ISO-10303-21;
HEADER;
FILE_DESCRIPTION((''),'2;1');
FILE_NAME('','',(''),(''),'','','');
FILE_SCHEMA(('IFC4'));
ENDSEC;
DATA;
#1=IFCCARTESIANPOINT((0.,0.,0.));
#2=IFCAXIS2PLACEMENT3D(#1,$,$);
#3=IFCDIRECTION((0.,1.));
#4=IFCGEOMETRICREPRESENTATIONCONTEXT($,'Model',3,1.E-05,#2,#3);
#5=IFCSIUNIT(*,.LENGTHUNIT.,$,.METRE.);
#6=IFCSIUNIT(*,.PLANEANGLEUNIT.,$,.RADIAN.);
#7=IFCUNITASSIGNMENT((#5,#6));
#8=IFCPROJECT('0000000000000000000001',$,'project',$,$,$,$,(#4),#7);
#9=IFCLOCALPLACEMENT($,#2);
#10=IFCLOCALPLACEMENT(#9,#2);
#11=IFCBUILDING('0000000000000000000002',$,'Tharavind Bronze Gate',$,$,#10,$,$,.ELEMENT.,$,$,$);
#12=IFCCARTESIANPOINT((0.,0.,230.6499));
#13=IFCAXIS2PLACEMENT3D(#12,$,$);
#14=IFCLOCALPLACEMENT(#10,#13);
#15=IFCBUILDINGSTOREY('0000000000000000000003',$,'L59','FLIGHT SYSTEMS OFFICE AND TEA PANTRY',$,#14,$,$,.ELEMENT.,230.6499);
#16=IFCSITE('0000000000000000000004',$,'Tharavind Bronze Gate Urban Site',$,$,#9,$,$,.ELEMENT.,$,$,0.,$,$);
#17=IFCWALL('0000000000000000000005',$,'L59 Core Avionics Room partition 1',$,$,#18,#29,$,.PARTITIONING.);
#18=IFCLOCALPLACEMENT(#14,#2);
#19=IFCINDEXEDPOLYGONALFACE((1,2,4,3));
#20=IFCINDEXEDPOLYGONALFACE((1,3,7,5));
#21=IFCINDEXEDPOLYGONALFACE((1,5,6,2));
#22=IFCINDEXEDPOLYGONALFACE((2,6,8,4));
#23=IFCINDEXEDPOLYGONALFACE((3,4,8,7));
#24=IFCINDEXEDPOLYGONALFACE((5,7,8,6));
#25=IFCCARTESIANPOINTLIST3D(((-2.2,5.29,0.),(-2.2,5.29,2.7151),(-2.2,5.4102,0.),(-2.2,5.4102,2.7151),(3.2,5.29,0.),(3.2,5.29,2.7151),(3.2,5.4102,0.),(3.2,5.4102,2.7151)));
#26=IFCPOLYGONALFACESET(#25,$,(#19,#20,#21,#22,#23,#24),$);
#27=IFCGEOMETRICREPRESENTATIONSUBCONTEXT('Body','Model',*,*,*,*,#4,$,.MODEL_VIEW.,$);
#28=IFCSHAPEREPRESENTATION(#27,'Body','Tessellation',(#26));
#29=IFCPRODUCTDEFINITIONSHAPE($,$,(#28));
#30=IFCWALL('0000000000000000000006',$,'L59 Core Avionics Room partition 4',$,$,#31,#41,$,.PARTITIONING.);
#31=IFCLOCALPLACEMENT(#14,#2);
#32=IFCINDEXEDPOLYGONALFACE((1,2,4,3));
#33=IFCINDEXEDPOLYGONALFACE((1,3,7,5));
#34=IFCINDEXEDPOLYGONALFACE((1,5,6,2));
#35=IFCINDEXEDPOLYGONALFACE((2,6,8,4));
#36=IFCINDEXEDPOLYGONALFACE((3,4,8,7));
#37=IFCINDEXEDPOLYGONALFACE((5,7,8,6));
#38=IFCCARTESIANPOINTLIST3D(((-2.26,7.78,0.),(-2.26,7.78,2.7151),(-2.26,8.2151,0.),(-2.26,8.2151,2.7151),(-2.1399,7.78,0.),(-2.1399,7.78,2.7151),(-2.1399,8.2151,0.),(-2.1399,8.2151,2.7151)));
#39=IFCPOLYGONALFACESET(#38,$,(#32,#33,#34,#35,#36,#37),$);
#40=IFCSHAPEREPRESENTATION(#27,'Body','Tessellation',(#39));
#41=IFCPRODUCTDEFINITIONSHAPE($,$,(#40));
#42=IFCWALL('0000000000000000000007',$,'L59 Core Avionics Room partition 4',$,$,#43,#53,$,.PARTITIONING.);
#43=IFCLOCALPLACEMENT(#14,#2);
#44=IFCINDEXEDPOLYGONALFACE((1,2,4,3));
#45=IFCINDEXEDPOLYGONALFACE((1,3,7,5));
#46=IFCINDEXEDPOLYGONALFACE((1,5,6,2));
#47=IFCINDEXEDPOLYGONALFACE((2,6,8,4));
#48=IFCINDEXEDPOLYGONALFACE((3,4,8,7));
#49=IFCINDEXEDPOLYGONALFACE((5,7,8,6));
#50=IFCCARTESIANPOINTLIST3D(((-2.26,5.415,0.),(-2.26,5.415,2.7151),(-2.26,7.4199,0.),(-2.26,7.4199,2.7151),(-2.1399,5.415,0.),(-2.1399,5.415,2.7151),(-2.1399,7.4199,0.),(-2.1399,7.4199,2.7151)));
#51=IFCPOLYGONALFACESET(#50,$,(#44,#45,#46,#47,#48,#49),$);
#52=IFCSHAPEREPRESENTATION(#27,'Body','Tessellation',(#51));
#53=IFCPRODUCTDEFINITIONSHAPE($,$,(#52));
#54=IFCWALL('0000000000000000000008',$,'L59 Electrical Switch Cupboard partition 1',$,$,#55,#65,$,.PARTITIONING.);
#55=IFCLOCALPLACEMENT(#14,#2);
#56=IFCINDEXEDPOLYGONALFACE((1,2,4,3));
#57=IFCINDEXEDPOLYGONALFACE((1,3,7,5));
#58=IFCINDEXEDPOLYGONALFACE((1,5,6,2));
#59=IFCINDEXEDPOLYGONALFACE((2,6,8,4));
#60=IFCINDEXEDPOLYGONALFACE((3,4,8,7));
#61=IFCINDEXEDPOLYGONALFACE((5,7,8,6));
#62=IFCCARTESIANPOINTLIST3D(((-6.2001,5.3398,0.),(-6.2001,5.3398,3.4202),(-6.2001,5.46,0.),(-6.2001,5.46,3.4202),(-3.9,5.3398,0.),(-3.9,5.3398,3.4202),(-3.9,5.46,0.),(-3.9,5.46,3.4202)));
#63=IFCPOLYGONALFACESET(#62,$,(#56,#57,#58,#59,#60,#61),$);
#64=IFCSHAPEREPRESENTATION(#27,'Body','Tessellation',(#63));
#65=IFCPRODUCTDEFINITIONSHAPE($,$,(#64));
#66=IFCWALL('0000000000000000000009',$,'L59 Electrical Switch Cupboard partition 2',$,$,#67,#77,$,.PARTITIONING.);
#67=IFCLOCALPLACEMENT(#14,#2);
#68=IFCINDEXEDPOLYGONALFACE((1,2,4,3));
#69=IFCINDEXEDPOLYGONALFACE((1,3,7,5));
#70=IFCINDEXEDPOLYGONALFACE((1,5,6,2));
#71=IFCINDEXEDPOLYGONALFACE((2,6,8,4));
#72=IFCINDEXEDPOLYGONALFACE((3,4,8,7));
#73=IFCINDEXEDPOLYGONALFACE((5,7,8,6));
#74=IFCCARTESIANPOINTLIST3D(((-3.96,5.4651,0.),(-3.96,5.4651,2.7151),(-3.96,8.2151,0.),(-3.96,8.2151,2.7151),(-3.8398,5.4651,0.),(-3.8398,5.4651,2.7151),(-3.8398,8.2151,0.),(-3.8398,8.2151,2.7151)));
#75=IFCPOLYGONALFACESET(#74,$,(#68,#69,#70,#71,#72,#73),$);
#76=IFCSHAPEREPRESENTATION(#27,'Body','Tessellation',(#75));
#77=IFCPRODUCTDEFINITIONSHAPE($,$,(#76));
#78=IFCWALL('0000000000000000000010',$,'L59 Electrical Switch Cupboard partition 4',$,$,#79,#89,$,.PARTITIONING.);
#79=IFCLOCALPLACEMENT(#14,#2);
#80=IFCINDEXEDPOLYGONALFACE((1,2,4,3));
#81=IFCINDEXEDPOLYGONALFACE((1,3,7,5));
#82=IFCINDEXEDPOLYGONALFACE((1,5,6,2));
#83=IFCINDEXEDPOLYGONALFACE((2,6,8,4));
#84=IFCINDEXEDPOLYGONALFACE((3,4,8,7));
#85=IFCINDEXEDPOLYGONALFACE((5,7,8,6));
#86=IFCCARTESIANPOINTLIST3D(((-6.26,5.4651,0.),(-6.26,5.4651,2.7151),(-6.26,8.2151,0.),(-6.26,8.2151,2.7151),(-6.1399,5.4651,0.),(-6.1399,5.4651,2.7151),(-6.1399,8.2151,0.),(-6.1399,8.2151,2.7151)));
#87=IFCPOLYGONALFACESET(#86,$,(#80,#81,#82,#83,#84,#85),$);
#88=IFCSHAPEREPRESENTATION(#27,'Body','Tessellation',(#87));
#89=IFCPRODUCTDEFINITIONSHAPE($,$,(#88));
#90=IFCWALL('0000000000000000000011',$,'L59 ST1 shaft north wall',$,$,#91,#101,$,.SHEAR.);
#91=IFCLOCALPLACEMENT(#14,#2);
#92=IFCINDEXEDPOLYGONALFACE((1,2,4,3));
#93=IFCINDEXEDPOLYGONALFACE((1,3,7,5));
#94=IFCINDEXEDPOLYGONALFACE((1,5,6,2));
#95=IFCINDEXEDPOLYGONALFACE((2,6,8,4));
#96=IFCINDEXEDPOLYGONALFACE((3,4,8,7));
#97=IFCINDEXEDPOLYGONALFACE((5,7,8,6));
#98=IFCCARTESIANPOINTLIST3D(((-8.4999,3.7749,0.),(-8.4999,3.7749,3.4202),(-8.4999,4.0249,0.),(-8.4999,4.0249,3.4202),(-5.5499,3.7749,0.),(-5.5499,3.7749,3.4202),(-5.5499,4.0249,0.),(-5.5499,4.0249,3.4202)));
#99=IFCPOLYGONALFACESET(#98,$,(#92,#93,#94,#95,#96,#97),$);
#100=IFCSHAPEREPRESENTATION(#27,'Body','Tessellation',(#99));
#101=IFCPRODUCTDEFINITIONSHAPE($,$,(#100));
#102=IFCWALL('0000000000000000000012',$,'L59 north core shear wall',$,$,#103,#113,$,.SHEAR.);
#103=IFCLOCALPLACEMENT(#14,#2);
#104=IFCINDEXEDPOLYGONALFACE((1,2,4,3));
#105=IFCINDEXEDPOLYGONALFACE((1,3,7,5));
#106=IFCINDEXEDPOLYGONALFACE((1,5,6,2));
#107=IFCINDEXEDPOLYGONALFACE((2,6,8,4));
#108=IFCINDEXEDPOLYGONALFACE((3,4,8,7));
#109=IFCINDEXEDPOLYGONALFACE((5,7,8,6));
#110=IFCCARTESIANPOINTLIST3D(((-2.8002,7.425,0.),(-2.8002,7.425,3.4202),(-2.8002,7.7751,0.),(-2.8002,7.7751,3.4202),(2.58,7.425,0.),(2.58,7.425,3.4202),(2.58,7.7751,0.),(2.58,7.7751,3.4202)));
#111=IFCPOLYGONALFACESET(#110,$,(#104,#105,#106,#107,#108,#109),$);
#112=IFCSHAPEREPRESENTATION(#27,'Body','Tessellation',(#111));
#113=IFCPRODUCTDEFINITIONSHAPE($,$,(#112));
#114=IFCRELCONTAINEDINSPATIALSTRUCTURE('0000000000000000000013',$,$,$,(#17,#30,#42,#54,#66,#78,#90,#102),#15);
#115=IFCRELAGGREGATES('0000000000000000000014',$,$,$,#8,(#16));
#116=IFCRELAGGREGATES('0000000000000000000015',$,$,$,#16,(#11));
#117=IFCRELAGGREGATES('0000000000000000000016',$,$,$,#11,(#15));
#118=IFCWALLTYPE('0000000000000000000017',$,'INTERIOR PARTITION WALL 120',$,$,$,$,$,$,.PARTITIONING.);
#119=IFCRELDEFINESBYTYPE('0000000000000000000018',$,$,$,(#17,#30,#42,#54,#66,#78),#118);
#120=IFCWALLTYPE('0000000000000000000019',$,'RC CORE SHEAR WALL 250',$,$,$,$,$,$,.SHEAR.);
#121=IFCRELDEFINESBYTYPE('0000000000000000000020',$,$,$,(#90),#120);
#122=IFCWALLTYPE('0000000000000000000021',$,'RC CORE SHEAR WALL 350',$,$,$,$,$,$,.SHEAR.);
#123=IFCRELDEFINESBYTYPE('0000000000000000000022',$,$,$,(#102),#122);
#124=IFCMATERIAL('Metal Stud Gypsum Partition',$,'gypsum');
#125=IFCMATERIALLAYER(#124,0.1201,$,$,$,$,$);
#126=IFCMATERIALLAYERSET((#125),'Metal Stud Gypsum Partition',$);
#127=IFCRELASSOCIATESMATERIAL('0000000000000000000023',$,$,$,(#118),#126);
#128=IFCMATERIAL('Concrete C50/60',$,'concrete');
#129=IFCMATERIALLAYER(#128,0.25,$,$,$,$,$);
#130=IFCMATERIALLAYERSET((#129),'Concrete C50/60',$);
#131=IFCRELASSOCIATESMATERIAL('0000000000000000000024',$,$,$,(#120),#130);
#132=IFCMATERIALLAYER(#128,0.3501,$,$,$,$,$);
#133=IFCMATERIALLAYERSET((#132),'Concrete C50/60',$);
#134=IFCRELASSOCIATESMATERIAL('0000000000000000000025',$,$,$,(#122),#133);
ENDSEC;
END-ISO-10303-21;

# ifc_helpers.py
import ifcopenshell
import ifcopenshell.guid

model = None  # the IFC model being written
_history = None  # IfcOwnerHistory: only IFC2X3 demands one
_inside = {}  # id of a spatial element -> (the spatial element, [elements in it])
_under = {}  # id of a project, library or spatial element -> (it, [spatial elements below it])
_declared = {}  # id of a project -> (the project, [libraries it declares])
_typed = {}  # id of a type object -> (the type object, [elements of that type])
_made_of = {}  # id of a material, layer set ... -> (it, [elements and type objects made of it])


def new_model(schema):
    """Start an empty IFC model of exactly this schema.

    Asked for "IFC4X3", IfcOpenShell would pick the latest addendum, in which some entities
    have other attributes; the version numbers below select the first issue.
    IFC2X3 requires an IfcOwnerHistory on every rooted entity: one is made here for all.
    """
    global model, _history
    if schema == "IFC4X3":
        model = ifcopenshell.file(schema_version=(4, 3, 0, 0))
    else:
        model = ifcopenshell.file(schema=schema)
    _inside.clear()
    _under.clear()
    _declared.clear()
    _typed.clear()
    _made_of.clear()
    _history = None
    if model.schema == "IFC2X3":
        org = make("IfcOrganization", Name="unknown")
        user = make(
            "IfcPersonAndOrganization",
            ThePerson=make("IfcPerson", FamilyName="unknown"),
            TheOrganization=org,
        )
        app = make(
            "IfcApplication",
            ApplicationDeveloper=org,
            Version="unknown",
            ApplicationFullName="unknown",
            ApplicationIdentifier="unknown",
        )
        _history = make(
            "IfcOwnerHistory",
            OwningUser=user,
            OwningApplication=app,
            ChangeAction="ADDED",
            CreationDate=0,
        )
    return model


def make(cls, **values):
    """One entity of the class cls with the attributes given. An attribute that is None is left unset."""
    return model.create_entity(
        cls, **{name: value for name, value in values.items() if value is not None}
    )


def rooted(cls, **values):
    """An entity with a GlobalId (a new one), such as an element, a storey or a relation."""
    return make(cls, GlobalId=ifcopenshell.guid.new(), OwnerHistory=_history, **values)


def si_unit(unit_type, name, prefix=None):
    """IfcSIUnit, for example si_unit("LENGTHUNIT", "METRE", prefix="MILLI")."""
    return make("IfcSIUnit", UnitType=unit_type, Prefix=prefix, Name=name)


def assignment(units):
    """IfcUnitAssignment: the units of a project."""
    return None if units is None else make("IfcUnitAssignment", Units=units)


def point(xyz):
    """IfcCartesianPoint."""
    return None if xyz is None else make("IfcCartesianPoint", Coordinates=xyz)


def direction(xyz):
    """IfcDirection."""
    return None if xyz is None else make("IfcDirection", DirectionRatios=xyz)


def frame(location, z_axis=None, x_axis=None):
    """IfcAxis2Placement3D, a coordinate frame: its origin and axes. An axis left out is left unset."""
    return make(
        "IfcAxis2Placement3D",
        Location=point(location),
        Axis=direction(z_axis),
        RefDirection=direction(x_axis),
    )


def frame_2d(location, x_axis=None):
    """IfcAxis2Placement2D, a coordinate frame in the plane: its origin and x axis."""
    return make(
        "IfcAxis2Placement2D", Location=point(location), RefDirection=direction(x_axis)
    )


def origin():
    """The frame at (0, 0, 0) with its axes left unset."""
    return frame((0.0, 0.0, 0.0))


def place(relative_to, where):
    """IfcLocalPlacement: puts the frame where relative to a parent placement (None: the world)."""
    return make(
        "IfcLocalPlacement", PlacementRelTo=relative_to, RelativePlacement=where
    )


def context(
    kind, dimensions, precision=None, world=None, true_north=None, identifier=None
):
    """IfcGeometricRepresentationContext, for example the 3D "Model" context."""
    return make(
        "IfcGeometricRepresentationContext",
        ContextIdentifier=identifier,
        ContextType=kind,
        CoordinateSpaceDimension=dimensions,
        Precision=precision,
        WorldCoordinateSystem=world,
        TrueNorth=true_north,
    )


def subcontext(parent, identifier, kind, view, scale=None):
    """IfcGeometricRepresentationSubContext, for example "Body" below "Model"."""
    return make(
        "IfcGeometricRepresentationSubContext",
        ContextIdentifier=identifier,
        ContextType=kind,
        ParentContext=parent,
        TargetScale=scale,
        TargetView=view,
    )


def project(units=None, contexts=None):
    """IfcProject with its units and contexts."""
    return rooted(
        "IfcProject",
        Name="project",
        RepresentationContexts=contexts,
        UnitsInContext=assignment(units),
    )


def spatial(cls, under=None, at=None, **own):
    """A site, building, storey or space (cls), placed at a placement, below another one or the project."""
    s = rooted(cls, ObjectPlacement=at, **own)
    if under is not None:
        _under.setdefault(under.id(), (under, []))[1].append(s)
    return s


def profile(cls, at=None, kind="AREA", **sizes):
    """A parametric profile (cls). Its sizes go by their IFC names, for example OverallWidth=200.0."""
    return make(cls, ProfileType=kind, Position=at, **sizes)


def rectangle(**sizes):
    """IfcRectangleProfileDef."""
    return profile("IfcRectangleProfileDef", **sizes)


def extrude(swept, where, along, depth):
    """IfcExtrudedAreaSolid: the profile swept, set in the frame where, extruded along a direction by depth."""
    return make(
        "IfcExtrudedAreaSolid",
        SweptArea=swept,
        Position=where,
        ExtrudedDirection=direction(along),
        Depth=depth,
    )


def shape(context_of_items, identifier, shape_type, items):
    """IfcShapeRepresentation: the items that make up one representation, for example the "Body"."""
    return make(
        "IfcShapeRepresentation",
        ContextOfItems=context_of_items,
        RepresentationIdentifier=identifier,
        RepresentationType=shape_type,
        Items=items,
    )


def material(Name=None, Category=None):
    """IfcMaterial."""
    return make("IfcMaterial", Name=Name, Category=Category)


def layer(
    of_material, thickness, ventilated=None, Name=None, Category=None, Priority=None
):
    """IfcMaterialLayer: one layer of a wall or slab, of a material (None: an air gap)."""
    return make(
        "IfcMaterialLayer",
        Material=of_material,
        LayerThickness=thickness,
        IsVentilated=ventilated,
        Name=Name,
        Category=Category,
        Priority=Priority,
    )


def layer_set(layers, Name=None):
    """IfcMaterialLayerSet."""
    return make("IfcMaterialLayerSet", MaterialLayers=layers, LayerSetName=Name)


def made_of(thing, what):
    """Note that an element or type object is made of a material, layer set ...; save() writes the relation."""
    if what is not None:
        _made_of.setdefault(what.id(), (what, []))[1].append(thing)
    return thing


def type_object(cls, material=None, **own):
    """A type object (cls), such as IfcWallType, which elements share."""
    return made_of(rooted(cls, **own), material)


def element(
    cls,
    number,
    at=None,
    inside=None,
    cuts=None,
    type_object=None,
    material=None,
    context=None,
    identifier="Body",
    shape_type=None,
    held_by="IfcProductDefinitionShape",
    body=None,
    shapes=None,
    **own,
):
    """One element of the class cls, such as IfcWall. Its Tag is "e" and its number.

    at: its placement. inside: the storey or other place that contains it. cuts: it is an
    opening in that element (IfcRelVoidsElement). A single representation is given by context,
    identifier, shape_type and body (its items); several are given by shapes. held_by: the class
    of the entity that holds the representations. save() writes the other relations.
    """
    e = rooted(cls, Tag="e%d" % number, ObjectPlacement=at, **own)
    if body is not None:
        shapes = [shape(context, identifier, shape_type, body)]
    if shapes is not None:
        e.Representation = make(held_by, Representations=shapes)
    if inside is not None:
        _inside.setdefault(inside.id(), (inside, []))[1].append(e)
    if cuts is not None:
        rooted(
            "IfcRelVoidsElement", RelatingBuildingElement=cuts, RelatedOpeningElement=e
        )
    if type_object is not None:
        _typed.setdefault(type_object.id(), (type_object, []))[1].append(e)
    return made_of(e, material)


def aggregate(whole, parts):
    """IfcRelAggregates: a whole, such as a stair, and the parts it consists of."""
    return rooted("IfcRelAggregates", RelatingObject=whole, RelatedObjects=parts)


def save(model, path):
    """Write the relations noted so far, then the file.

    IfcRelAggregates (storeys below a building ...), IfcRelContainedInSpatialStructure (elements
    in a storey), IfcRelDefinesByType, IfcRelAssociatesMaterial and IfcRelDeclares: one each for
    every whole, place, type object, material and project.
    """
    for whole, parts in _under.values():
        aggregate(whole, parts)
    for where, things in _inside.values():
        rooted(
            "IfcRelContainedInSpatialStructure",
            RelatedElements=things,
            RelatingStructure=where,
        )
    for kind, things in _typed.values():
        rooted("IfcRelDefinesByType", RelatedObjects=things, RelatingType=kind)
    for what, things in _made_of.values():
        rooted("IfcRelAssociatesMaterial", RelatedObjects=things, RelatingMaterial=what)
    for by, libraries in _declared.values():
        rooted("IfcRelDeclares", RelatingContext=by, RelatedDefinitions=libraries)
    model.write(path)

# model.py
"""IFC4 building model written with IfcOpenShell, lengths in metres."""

from ifc_helpers import new_model, si_unit, direction, frame, frame_2d, origin, place, context, subcontext, project, spatial, rectangle, extrude, material, layer, layer_set, type_object, element, save


model = new_model("IFC4")

# Units and contexts
model_context = context("Model", 3, precision=1e-05, world=origin(), true_north=direction((0.0, 1.0)))
body_context = subcontext(model_context, "Body", "Model", "MODEL_VIEW")
ifc_project = project(units=[si_unit("LENGTHUNIT", "METRE"), si_unit("PLANEANGLEUNIT", "RADIAN")], contexts=[model_context])

# Site, building, storey
site_placement = place(None, origin())
site = spatial("IfcSite", under=ifc_project, at=site_placement, Name="Tharavind Bronze Gate Urban Site", CompositionType="ELEMENT", RefElevation=0.0)
building_placement = place(site_placement, origin())
building = spatial("IfcBuilding", under=site, at=building_placement, Name="Tharavind Bronze Gate", CompositionType="ELEMENT")
storey_placement = place(building_placement, frame((0.0, 0.0, 230.6499)))
storey = spatial("IfcBuildingStorey", under=building, at=storey_placement, Name="L59", Description="FLIGHT SYSTEMS OFFICE AND TEA PANTRY", CompositionType="ELEMENT", Elevation=230.6499)

# Walls
ifc_material_1 = material(Name="Metal Stud Gypsum Partition", Category="gypsum")
ifc_layer_1 = layer(ifc_material_1, 0.1201)
ifc_layer_set_1 = layer_set([ifc_layer_1], Name="Metal Stud Gypsum Partition")
wall_type_1 = type_object("IfcWallType", Name="INTERIOR PARTITION WALL 120", PredefinedType="PARTITIONING", material=ifc_layer_set_1)
wall_1_placement = place(storey_placement, frame((-2.2, 5.3501, 0.0), z_axis=(0.0, 0.0, 1.0), x_axis=(1.0, 0.0, 0.0)))
element("IfcWall", 1, at=wall_1_placement, inside=storey, type_object=wall_type_1, Name="L59 Core Avionics Room partition 1", PredefinedType="PARTITIONING", context=body_context, shape_type="SweptSolid", body=[
    extrude(rectangle(XDim=5.3999, YDim=0.1201, at=frame_2d((2.7, 0.0))), origin(), (0.0, 0.0, 1.0), 2.7151),
])
wall_2_placement = place(storey_placement, frame((-2.2, 8.2151, 0.0), z_axis=(0.0, 0.0, 1.0), x_axis=(0.0, -1.0, 0.0)))
element("IfcWall", 2, at=wall_2_placement, inside=storey, type_object=wall_type_1, Name="L59 Core Avionics Room partition 4", PredefinedType="PARTITIONING", context=body_context, shape_type="SweptSolid", body=[
    extrude(rectangle(XDim=0.4351, YDim=0.1201, at=frame_2d((0.2175, 0.0))), origin(), (0.0, 0.0, 1.0), 2.7151),
])
wall_3_placement = place(storey_placement, frame((-2.2, 7.4199, 0.0), z_axis=(0.0, 0.0, 1.0), x_axis=(0.0, -1.0, 0.0)))
element("IfcWall", 3, at=wall_3_placement, inside=storey, type_object=wall_type_1, Name="L59 Core Avionics Room partition 4", PredefinedType="PARTITIONING", context=body_context, shape_type="SweptSolid", body=[
    extrude(rectangle(XDim=2.0049, YDim=0.1201, at=frame_2d((1.0024, 0.0))), origin(), (0.0, 0.0, 1.0), 2.7151),
])
wall_4_placement = place(storey_placement, frame((-6.2, 5.3999, 0.0), z_axis=(0.0, 0.0, 1.0), x_axis=(1.0, 0.0, 0.0)))
element("IfcWall", 4, at=wall_4_placement, inside=storey, type_object=wall_type_1, Name="L59 Electrical Switch Cupboard partition 1", PredefinedType="PARTITIONING", context=body_context, shape_type="SweptSolid", body=[
    extrude(rectangle(XDim=2.3, YDim=0.1201, at=frame_2d((1.1499, 0.0))), origin(), (0.0, 0.0, 1.0), 3.4202),
])
for number, where, z_axis, x_axis, name in (
    (5, (-3.8999, 5.4651, 0.0), (0.0, 0.0, 1.0), (0.0, 1.0, 0.0), "L59 Electrical Switch Cupboard partition 2"),
    (6, (-6.2, 8.2151, 0.0), (0.0, 0.0, 1.0), (0.0, -1.0, 0.0), "L59 Electrical Switch Cupboard partition 4"),
):
    element("IfcWall", number, at=place(storey_placement, frame(where, z_axis=z_axis, x_axis=x_axis)), inside=storey, type_object=wall_type_1, Name=name, PredefinedType="PARTITIONING", context=body_context, shape_type="SweptSolid", body=[
        extrude(rectangle(XDim=2.75, YDim=0.1201, at=frame_2d((1.375, 0.0))), origin(), (0.0, 0.0, 1.0), 2.7151),
    ])
ifc_material_2 = material(Name="Concrete C50/60", Category="concrete")
ifc_layer_2 = layer(ifc_material_2, 0.25)
ifc_layer_set_2 = layer_set([ifc_layer_2], Name="Concrete C50/60")
wall_type_2 = type_object("IfcWallType", Name="RC CORE SHEAR WALL 250", PredefinedType="SHEAR", material=ifc_layer_set_2)
wall_5_placement = place(storey_placement, frame((-8.5, 3.8999, 0.0), z_axis=(0.0, 0.0, 1.0), x_axis=(1.0, 0.0, 0.0)))
element("IfcWall", 7, at=wall_5_placement, inside=storey, type_object=wall_type_2, Name="L59 ST1 shaft north wall", PredefinedType="SHEAR", context=body_context, shape_type="SweptSolid", body=[
    extrude(rectangle(XDim=2.95, YDim=0.25, at=frame_2d((1.4751, 0.0))), origin(), (0.0, 0.0, 1.0), 3.4202),
])
ifc_layer_3 = layer(ifc_material_2, 0.3501)
ifc_layer_set_3 = layer_set([ifc_layer_3], Name="Concrete C50/60")
wall_type_3 = type_object("IfcWallType", Name="RC CORE SHEAR WALL 350", PredefinedType="SHEAR", material=ifc_layer_set_3)
wall_6_placement = place(storey_placement, frame((-2.8, 7.6001, 0.0), z_axis=(0.0, 0.0, 1.0), x_axis=(1.0, 0.0, 0.0)))
element("IfcWall", 8, at=wall_6_placement, inside=storey, type_object=wall_type_3, Name="L59 north core shear wall", PredefinedType="SHEAR", context=body_context, shape_type="SweptSolid", body=[
    extrude(rectangle(XDim=5.3801, YDim=0.3501, at=frame_2d((2.6899, 0.0))), origin(), (0.0, 0.0, 1.0), 3.4202),
])

save(model, "model.ifc")
